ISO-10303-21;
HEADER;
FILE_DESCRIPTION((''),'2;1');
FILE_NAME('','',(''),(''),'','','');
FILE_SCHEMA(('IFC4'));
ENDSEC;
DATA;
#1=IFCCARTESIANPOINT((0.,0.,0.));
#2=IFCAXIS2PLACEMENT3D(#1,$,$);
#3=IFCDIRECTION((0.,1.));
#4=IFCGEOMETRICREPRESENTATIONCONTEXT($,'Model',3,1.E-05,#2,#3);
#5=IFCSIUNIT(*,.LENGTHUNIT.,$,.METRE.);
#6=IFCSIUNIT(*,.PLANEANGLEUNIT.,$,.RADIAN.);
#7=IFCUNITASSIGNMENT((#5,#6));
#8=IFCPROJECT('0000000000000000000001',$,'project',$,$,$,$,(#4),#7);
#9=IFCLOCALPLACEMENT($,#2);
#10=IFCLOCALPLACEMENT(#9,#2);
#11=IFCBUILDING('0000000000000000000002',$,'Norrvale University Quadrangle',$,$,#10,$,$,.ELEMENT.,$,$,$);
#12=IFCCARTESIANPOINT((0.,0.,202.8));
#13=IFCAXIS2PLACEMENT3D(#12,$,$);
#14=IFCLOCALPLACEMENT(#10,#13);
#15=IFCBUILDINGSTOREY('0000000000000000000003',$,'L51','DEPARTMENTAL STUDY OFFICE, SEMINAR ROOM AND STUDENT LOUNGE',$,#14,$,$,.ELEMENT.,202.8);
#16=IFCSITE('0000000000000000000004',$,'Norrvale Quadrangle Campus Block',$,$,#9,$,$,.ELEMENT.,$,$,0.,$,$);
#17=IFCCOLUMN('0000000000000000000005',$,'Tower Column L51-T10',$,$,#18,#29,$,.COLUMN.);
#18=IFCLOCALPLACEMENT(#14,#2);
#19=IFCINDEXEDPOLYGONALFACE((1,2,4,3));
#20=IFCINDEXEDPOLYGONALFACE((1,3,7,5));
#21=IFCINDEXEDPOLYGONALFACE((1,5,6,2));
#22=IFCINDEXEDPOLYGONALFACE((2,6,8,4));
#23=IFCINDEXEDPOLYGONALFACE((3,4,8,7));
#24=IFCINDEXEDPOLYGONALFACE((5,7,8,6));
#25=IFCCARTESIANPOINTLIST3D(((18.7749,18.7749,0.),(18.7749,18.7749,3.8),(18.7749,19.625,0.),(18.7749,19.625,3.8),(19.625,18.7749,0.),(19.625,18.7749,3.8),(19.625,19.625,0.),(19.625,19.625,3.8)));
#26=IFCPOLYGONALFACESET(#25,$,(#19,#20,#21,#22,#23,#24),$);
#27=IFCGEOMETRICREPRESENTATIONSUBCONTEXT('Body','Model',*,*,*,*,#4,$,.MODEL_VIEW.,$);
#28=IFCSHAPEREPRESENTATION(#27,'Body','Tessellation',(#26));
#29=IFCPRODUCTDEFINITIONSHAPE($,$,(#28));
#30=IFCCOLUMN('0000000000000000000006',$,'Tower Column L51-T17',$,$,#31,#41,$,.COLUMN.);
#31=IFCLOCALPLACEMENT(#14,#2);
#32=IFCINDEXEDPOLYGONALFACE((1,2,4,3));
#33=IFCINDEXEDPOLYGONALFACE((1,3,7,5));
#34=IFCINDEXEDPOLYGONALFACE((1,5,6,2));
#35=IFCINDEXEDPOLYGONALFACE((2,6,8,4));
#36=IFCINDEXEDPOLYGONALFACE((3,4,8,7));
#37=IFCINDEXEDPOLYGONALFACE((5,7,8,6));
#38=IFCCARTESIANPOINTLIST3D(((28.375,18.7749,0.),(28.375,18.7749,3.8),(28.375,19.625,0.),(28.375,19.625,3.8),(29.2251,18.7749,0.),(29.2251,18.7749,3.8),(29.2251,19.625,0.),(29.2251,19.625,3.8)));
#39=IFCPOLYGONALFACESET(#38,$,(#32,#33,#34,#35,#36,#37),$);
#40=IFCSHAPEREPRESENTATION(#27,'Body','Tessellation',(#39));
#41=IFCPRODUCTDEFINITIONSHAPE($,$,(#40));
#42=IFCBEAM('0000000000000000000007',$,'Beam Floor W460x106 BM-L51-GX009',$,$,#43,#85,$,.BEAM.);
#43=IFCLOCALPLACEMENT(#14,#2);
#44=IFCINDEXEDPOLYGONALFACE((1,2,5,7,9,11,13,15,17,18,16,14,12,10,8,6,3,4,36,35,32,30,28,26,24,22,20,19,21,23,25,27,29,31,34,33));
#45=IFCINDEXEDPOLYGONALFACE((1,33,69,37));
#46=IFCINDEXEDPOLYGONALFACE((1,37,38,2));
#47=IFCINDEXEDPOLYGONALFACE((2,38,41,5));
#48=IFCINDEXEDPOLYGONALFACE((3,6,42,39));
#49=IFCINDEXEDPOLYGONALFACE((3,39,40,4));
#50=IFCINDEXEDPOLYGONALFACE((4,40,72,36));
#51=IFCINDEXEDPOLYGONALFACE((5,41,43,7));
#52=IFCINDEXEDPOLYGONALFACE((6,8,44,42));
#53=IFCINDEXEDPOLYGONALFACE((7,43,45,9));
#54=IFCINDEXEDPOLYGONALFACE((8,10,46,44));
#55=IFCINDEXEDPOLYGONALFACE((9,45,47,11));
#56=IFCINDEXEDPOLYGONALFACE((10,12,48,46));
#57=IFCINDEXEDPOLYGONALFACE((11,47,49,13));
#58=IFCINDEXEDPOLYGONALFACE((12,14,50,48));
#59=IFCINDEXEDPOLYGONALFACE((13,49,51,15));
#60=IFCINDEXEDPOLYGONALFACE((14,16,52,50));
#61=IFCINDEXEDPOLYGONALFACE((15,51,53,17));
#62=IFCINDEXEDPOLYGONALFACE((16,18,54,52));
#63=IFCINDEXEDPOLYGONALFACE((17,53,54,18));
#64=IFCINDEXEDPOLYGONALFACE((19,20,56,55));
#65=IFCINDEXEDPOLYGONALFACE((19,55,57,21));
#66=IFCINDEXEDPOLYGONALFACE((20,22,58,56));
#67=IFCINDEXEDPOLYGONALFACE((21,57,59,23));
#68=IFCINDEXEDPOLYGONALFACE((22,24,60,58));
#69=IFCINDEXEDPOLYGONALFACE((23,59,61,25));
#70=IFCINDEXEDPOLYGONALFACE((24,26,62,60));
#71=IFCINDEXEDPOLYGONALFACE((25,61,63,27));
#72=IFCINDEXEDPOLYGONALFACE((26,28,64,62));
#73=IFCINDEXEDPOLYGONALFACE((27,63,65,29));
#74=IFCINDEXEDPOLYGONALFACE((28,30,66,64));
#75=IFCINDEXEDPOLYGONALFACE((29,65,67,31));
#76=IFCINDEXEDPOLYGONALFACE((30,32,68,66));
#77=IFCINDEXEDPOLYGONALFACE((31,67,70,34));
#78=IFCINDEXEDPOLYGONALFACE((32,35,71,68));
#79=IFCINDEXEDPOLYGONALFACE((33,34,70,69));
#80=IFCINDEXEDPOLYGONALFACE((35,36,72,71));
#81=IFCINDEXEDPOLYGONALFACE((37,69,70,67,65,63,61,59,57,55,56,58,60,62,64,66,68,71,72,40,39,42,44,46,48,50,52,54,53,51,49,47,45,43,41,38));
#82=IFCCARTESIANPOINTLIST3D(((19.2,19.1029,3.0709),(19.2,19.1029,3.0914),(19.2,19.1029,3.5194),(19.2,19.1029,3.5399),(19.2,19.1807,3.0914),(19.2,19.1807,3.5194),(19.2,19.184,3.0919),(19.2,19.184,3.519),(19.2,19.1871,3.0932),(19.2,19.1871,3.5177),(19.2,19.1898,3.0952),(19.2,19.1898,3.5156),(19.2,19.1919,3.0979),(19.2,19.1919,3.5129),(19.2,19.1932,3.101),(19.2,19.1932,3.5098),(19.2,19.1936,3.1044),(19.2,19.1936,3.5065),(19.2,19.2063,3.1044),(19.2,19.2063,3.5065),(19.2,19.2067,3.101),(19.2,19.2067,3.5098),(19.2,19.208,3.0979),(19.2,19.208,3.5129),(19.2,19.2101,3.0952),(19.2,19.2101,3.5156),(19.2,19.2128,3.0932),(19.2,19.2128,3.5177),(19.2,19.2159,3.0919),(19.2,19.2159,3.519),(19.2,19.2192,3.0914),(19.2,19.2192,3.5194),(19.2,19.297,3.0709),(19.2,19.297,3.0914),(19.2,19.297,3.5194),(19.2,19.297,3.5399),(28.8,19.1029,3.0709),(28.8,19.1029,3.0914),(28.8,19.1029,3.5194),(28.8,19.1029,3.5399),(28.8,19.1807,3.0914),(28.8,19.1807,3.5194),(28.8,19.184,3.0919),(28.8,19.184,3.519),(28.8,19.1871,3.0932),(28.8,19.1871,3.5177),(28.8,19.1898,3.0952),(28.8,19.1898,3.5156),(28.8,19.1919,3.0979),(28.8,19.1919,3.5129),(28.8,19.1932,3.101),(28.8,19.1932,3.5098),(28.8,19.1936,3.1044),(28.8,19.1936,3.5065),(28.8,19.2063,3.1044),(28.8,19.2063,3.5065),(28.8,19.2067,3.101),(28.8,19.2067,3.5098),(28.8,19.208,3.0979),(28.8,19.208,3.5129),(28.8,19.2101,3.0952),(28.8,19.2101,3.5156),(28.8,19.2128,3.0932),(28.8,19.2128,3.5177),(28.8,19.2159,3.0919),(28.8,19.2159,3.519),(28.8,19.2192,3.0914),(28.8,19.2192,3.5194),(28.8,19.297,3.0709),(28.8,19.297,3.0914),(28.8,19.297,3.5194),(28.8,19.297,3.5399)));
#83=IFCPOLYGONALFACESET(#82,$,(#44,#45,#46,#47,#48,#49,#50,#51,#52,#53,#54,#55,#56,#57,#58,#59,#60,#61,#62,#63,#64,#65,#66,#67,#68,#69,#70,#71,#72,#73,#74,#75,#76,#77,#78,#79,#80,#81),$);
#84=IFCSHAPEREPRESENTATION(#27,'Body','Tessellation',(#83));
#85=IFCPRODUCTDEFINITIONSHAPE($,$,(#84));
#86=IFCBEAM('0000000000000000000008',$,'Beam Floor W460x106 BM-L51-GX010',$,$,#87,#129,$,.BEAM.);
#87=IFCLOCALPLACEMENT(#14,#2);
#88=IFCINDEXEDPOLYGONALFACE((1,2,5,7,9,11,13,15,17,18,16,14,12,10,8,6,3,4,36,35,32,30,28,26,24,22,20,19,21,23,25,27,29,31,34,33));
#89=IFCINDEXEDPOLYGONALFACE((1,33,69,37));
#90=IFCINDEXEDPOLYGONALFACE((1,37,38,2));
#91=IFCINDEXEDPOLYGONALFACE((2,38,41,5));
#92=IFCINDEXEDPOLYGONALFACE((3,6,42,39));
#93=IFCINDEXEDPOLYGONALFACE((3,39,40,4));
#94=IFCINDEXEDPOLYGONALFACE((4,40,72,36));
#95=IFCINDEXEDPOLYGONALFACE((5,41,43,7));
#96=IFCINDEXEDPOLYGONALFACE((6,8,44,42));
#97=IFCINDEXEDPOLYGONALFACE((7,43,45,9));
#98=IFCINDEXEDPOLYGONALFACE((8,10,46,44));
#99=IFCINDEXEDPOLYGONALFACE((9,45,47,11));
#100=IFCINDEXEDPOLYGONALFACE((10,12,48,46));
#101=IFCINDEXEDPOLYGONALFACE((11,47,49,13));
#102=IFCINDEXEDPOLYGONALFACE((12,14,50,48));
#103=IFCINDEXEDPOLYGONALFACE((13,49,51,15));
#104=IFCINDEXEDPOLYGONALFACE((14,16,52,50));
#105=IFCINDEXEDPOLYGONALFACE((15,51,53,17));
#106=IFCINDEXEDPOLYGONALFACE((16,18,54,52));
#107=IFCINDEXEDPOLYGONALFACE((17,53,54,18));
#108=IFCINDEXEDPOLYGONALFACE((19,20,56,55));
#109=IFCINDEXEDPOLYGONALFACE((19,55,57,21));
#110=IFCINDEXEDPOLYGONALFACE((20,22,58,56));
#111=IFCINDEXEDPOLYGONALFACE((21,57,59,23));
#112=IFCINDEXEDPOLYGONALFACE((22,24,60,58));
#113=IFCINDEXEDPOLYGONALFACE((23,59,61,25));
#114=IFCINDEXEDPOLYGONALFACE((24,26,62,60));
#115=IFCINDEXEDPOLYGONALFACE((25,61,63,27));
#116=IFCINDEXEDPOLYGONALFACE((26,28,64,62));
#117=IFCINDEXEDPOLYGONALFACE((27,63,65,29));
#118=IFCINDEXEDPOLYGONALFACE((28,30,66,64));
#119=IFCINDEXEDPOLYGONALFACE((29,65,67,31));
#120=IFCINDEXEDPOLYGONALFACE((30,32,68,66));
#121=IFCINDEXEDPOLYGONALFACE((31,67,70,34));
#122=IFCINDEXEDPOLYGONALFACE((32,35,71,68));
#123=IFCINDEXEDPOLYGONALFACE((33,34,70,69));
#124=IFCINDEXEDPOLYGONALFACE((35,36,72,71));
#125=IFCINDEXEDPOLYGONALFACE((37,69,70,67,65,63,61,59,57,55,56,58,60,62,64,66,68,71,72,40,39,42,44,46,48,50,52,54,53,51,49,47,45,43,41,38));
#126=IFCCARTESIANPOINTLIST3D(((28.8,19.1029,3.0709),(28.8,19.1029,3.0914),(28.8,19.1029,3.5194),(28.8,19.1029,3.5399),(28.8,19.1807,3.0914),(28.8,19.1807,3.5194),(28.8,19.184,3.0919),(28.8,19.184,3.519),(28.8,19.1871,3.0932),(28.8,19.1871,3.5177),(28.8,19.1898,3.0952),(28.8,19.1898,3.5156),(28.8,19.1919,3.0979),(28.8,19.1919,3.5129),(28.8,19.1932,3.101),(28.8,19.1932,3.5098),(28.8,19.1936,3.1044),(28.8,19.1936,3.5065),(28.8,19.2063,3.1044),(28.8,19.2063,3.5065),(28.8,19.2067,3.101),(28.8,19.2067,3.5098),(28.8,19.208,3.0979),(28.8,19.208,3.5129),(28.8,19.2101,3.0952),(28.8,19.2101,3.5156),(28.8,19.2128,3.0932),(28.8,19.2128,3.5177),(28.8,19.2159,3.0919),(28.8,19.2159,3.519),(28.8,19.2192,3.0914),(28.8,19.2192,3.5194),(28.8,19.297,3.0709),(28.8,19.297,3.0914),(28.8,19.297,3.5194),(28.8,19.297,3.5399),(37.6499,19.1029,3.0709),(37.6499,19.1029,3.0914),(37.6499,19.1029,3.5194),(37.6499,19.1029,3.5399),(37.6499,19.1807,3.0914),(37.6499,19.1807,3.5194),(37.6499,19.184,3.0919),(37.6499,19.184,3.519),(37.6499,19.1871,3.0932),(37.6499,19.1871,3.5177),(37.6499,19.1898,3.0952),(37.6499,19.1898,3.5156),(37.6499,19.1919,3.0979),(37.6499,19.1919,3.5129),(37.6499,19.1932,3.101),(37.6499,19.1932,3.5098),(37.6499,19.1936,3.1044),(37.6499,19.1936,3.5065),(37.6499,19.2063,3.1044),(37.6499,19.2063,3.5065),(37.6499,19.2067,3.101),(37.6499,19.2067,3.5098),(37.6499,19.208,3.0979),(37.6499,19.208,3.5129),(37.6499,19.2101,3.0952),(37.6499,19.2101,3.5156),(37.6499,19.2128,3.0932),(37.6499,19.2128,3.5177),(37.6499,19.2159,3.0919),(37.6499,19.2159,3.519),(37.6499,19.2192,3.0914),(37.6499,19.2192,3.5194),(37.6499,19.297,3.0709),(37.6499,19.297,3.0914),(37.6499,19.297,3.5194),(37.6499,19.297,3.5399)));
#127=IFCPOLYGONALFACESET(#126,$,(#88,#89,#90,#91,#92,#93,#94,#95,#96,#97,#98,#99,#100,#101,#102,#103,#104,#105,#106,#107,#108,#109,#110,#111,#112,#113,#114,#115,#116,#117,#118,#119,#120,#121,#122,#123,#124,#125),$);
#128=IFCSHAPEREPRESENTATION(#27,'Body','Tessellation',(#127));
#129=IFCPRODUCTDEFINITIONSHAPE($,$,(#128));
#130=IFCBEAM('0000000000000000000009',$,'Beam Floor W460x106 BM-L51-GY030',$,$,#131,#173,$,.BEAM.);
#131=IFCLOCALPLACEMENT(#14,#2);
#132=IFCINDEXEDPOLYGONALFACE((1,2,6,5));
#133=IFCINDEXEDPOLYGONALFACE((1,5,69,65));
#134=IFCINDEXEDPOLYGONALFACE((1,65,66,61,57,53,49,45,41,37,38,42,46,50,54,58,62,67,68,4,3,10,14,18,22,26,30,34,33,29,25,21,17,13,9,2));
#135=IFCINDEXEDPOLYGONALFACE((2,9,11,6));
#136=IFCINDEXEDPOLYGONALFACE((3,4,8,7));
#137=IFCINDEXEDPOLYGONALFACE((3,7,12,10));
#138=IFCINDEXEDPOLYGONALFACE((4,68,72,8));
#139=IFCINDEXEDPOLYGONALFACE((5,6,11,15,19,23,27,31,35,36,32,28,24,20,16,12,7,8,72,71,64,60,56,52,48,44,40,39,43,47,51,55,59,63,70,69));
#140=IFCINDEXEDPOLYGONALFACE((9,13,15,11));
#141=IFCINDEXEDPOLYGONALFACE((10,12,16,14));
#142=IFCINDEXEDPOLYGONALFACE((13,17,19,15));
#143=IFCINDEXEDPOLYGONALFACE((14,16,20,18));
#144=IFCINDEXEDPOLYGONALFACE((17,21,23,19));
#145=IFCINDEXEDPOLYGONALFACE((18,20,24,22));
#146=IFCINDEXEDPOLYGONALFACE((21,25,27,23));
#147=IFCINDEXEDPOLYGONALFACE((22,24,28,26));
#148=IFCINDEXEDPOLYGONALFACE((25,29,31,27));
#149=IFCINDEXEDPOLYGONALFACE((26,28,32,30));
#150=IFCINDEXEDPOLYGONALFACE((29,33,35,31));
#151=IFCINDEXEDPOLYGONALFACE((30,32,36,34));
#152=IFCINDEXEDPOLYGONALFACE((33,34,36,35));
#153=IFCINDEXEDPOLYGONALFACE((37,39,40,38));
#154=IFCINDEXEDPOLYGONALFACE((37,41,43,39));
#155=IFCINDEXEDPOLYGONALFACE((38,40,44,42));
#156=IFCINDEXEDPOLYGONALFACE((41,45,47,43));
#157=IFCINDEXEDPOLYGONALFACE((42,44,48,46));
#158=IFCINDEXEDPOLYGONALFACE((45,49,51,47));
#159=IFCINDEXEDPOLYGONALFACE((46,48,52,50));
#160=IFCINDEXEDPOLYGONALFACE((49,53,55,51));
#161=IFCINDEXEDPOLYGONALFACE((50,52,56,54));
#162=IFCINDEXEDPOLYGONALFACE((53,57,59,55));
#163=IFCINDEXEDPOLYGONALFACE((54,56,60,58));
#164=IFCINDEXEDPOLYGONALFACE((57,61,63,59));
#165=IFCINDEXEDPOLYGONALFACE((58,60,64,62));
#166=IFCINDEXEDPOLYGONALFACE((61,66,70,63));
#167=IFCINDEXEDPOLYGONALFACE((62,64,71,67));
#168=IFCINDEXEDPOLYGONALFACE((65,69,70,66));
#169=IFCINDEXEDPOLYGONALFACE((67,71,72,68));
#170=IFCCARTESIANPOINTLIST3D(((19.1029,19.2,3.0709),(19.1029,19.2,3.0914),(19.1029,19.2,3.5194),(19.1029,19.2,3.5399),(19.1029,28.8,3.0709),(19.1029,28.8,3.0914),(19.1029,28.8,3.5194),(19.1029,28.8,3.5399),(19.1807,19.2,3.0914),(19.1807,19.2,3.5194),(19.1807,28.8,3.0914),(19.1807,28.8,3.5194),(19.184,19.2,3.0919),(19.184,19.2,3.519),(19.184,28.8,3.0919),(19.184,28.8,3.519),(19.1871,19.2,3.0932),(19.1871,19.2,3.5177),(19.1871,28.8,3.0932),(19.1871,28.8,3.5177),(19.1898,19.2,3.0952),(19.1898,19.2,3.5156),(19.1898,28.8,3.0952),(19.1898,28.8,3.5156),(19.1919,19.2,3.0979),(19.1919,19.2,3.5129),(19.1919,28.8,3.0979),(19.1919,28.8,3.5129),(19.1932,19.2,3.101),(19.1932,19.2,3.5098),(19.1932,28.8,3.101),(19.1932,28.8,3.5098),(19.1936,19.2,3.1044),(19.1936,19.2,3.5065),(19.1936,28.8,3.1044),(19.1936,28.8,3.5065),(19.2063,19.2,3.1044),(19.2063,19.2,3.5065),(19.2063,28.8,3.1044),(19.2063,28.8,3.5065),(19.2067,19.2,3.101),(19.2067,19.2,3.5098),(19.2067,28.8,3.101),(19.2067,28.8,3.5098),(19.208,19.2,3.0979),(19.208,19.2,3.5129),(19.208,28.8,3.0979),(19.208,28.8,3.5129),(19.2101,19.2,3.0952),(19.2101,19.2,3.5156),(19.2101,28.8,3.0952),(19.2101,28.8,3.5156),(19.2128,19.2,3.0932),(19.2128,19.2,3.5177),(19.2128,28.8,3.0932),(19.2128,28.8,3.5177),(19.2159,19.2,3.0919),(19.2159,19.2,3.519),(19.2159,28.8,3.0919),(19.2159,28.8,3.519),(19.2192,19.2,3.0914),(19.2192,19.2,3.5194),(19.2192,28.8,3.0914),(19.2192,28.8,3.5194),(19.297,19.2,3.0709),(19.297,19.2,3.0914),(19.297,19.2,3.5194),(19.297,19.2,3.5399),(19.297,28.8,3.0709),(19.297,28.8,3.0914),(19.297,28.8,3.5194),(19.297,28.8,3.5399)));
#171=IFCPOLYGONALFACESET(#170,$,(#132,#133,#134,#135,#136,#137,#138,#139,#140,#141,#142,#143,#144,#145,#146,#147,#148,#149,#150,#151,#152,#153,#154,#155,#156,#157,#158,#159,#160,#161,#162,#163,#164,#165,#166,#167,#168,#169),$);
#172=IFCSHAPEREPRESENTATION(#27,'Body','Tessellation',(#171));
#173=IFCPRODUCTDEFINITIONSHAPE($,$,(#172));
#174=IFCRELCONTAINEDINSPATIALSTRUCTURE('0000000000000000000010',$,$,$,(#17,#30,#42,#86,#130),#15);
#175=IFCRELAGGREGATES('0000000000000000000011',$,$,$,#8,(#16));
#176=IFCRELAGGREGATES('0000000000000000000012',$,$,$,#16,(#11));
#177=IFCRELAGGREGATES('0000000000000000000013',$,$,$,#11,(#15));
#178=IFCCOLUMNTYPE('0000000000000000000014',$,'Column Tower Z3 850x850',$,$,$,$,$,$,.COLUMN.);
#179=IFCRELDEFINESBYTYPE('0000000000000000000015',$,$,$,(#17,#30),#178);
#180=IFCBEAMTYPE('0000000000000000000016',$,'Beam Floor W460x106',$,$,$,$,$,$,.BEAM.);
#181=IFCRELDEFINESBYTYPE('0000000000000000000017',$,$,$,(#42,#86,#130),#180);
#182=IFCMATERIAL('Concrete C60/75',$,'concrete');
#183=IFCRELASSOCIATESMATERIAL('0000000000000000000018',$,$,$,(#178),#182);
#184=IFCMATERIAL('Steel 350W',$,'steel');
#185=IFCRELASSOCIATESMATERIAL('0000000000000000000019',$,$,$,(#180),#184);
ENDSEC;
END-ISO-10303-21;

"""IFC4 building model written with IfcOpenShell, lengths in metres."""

from ifc_helpers import new_model, si_unit, direction, frame, origin, origin_2d, place, context, subcontext, project, spatial, rectangle, i_section, extrude, material, material_profile, profile_set, type_object, element, save


model = new_model("IFC4")

# Units and contexts
model_context = context("Model", 3, precision=1e-05, world=origin(), true_north=direction((0.0, 1.0)))
body_context = subcontext(model_context, "Body", "Model", "MODEL_VIEW")
ifc_project = project(units=[si_unit("LENGTHUNIT", "METRE"), si_unit("PLANEANGLEUNIT", "RADIAN")], contexts=[model_context])

# Site, building, storey
site_placement = place(None, origin())
site = spatial("IfcSite", under=ifc_project, at=site_placement, Name="Norrvale Quadrangle Campus Block", CompositionType="ELEMENT", RefElevation=0.0)
building_placement = place(site_placement, origin())
building = spatial("IfcBuilding", under=site, at=building_placement, Name="Norrvale University Quadrangle", CompositionType="ELEMENT")
storey_placement = place(building_placement, frame((0.0, 0.0, 202.8)))
storey = spatial("IfcBuildingStorey", under=building, at=storey_placement, Name="L51", Description="DEPARTMENTAL STUDY OFFICE, SEMINAR ROOM AND STUDENT LOUNGE", CompositionType="ELEMENT", Elevation=202.8)

# Columns
ifc_material_1 = material(Name="Concrete C60/75", Category="concrete")
ifc_material_profile_1 = material_profile(ifc_material_1, rectangle(XDim=0.8501, YDim=0.8501, at=origin_2d()), Name="Concrete C60/75")
ifc_profile_set_1 = profile_set([ifc_material_profile_1], Name="Concrete C60/75")
column_type = type_object("IfcColumnType", Name="Column Tower Z3 850x850", PredefinedType="COLUMN", material=ifc_profile_set_1)
for number, where, z_axis, x_axis, name in (
    (1, (19.2, 19.2, 0.0), (0.0, 0.0, 1.0), (1.0, 0.0, 0.0), "Tower Column L51-T10"),
    (2, (28.8, 19.2, 0.0), (0.0, 0.0, 1.0), (1.0, 0.0, 0.0), "Tower Column L51-T17"),
):
    element("IfcColumn", number, at=place(storey_placement, frame(where, z_axis=z_axis, x_axis=x_axis)), inside=storey, type_object=column_type, Name=name, PredefinedType="COLUMN", context=body_context, shape_type="SweptSolid", body=[
        extrude(rectangle(XDim=0.8501, YDim=0.8501, at=origin_2d()), origin(), (0.0, 0.0, 1.0), 3.8),
    ])

# Beams
ifc_material_2 = material(Name="Steel 350W", Category="steel")
ifc_material_profile_2 = material_profile(ifc_material_2, i_section(OverallWidth=0.1941, OverallDepth=0.469, WebThickness=0.0127, FlangeThickness=0.0205, FilletRadius=0.0129, at=origin_2d()), Name="Steel 350W")
ifc_profile_set_2 = profile_set([ifc_material_profile_2], Name="Steel 350W")
beam_type_1 = type_object("IfcBeamType", Name="Beam Floor W460x106", PredefinedType="BEAM", material=ifc_profile_set_2)
beam_1_placement = place(storey_placement, frame((19.2, 19.2, 3.3054), z_axis=(1.0, 0.0, 0.0), x_axis=(0.0, 1.0, 0.0)))
element("IfcBeam", 3, at=beam_1_placement, inside=storey, type_object=beam_type_1, Name="Beam Floor W460x106 BM-L51-GX009", PredefinedType="BEAM", context=body_context, shape_type="SweptSolid", body=[
    extrude(i_section(OverallWidth=0.1941, OverallDepth=0.469, WebThickness=0.0127, FlangeThickness=0.0205, FilletRadius=0.0129, at=origin_2d()), origin(), (0.0, 0.0, 1.0), 9.6001),
])
beam_2_placement = place(storey_placement, frame((28.8, 19.2, 3.3054), z_axis=(1.0, 0.0, 0.0), x_axis=(0.0, 1.0, 0.0)))
element("IfcBeam", 4, at=beam_2_placement, inside=storey, type_object=beam_type_1, Name="Beam Floor W460x106 BM-L51-GX010", PredefinedType="BEAM", context=body_context, shape_type="SweptSolid", body=[
    extrude(i_section(OverallWidth=0.1941, OverallDepth=0.469, WebThickness=0.0127, FlangeThickness=0.0205, FilletRadius=0.0129, at=origin_2d()), origin(), (0.0, 0.0, 1.0), 8.8499),
])
beam_3_placement = place(storey_placement, frame((19.2, 19.2, 3.3054), z_axis=(0.0, 1.0, 0.0), x_axis=(-1.0, 0.0, 0.0)))
element("IfcBeam", 5, at=beam_3_placement, inside=storey, type_object=beam_type_1, Name="Beam Floor W460x106 BM-L51-GY030", PredefinedType="BEAM", context=body_context, shape_type="SweptSolid", body=[
    extrude(i_section(OverallWidth=0.1941, OverallDepth=0.469, WebThickness=0.0127, FlangeThickness=0.0205, FilletRadius=0.0129, at=origin_2d()), origin(), (0.0, 0.0, 1.0), 9.6001),
])

save(model, "model.ifc")
